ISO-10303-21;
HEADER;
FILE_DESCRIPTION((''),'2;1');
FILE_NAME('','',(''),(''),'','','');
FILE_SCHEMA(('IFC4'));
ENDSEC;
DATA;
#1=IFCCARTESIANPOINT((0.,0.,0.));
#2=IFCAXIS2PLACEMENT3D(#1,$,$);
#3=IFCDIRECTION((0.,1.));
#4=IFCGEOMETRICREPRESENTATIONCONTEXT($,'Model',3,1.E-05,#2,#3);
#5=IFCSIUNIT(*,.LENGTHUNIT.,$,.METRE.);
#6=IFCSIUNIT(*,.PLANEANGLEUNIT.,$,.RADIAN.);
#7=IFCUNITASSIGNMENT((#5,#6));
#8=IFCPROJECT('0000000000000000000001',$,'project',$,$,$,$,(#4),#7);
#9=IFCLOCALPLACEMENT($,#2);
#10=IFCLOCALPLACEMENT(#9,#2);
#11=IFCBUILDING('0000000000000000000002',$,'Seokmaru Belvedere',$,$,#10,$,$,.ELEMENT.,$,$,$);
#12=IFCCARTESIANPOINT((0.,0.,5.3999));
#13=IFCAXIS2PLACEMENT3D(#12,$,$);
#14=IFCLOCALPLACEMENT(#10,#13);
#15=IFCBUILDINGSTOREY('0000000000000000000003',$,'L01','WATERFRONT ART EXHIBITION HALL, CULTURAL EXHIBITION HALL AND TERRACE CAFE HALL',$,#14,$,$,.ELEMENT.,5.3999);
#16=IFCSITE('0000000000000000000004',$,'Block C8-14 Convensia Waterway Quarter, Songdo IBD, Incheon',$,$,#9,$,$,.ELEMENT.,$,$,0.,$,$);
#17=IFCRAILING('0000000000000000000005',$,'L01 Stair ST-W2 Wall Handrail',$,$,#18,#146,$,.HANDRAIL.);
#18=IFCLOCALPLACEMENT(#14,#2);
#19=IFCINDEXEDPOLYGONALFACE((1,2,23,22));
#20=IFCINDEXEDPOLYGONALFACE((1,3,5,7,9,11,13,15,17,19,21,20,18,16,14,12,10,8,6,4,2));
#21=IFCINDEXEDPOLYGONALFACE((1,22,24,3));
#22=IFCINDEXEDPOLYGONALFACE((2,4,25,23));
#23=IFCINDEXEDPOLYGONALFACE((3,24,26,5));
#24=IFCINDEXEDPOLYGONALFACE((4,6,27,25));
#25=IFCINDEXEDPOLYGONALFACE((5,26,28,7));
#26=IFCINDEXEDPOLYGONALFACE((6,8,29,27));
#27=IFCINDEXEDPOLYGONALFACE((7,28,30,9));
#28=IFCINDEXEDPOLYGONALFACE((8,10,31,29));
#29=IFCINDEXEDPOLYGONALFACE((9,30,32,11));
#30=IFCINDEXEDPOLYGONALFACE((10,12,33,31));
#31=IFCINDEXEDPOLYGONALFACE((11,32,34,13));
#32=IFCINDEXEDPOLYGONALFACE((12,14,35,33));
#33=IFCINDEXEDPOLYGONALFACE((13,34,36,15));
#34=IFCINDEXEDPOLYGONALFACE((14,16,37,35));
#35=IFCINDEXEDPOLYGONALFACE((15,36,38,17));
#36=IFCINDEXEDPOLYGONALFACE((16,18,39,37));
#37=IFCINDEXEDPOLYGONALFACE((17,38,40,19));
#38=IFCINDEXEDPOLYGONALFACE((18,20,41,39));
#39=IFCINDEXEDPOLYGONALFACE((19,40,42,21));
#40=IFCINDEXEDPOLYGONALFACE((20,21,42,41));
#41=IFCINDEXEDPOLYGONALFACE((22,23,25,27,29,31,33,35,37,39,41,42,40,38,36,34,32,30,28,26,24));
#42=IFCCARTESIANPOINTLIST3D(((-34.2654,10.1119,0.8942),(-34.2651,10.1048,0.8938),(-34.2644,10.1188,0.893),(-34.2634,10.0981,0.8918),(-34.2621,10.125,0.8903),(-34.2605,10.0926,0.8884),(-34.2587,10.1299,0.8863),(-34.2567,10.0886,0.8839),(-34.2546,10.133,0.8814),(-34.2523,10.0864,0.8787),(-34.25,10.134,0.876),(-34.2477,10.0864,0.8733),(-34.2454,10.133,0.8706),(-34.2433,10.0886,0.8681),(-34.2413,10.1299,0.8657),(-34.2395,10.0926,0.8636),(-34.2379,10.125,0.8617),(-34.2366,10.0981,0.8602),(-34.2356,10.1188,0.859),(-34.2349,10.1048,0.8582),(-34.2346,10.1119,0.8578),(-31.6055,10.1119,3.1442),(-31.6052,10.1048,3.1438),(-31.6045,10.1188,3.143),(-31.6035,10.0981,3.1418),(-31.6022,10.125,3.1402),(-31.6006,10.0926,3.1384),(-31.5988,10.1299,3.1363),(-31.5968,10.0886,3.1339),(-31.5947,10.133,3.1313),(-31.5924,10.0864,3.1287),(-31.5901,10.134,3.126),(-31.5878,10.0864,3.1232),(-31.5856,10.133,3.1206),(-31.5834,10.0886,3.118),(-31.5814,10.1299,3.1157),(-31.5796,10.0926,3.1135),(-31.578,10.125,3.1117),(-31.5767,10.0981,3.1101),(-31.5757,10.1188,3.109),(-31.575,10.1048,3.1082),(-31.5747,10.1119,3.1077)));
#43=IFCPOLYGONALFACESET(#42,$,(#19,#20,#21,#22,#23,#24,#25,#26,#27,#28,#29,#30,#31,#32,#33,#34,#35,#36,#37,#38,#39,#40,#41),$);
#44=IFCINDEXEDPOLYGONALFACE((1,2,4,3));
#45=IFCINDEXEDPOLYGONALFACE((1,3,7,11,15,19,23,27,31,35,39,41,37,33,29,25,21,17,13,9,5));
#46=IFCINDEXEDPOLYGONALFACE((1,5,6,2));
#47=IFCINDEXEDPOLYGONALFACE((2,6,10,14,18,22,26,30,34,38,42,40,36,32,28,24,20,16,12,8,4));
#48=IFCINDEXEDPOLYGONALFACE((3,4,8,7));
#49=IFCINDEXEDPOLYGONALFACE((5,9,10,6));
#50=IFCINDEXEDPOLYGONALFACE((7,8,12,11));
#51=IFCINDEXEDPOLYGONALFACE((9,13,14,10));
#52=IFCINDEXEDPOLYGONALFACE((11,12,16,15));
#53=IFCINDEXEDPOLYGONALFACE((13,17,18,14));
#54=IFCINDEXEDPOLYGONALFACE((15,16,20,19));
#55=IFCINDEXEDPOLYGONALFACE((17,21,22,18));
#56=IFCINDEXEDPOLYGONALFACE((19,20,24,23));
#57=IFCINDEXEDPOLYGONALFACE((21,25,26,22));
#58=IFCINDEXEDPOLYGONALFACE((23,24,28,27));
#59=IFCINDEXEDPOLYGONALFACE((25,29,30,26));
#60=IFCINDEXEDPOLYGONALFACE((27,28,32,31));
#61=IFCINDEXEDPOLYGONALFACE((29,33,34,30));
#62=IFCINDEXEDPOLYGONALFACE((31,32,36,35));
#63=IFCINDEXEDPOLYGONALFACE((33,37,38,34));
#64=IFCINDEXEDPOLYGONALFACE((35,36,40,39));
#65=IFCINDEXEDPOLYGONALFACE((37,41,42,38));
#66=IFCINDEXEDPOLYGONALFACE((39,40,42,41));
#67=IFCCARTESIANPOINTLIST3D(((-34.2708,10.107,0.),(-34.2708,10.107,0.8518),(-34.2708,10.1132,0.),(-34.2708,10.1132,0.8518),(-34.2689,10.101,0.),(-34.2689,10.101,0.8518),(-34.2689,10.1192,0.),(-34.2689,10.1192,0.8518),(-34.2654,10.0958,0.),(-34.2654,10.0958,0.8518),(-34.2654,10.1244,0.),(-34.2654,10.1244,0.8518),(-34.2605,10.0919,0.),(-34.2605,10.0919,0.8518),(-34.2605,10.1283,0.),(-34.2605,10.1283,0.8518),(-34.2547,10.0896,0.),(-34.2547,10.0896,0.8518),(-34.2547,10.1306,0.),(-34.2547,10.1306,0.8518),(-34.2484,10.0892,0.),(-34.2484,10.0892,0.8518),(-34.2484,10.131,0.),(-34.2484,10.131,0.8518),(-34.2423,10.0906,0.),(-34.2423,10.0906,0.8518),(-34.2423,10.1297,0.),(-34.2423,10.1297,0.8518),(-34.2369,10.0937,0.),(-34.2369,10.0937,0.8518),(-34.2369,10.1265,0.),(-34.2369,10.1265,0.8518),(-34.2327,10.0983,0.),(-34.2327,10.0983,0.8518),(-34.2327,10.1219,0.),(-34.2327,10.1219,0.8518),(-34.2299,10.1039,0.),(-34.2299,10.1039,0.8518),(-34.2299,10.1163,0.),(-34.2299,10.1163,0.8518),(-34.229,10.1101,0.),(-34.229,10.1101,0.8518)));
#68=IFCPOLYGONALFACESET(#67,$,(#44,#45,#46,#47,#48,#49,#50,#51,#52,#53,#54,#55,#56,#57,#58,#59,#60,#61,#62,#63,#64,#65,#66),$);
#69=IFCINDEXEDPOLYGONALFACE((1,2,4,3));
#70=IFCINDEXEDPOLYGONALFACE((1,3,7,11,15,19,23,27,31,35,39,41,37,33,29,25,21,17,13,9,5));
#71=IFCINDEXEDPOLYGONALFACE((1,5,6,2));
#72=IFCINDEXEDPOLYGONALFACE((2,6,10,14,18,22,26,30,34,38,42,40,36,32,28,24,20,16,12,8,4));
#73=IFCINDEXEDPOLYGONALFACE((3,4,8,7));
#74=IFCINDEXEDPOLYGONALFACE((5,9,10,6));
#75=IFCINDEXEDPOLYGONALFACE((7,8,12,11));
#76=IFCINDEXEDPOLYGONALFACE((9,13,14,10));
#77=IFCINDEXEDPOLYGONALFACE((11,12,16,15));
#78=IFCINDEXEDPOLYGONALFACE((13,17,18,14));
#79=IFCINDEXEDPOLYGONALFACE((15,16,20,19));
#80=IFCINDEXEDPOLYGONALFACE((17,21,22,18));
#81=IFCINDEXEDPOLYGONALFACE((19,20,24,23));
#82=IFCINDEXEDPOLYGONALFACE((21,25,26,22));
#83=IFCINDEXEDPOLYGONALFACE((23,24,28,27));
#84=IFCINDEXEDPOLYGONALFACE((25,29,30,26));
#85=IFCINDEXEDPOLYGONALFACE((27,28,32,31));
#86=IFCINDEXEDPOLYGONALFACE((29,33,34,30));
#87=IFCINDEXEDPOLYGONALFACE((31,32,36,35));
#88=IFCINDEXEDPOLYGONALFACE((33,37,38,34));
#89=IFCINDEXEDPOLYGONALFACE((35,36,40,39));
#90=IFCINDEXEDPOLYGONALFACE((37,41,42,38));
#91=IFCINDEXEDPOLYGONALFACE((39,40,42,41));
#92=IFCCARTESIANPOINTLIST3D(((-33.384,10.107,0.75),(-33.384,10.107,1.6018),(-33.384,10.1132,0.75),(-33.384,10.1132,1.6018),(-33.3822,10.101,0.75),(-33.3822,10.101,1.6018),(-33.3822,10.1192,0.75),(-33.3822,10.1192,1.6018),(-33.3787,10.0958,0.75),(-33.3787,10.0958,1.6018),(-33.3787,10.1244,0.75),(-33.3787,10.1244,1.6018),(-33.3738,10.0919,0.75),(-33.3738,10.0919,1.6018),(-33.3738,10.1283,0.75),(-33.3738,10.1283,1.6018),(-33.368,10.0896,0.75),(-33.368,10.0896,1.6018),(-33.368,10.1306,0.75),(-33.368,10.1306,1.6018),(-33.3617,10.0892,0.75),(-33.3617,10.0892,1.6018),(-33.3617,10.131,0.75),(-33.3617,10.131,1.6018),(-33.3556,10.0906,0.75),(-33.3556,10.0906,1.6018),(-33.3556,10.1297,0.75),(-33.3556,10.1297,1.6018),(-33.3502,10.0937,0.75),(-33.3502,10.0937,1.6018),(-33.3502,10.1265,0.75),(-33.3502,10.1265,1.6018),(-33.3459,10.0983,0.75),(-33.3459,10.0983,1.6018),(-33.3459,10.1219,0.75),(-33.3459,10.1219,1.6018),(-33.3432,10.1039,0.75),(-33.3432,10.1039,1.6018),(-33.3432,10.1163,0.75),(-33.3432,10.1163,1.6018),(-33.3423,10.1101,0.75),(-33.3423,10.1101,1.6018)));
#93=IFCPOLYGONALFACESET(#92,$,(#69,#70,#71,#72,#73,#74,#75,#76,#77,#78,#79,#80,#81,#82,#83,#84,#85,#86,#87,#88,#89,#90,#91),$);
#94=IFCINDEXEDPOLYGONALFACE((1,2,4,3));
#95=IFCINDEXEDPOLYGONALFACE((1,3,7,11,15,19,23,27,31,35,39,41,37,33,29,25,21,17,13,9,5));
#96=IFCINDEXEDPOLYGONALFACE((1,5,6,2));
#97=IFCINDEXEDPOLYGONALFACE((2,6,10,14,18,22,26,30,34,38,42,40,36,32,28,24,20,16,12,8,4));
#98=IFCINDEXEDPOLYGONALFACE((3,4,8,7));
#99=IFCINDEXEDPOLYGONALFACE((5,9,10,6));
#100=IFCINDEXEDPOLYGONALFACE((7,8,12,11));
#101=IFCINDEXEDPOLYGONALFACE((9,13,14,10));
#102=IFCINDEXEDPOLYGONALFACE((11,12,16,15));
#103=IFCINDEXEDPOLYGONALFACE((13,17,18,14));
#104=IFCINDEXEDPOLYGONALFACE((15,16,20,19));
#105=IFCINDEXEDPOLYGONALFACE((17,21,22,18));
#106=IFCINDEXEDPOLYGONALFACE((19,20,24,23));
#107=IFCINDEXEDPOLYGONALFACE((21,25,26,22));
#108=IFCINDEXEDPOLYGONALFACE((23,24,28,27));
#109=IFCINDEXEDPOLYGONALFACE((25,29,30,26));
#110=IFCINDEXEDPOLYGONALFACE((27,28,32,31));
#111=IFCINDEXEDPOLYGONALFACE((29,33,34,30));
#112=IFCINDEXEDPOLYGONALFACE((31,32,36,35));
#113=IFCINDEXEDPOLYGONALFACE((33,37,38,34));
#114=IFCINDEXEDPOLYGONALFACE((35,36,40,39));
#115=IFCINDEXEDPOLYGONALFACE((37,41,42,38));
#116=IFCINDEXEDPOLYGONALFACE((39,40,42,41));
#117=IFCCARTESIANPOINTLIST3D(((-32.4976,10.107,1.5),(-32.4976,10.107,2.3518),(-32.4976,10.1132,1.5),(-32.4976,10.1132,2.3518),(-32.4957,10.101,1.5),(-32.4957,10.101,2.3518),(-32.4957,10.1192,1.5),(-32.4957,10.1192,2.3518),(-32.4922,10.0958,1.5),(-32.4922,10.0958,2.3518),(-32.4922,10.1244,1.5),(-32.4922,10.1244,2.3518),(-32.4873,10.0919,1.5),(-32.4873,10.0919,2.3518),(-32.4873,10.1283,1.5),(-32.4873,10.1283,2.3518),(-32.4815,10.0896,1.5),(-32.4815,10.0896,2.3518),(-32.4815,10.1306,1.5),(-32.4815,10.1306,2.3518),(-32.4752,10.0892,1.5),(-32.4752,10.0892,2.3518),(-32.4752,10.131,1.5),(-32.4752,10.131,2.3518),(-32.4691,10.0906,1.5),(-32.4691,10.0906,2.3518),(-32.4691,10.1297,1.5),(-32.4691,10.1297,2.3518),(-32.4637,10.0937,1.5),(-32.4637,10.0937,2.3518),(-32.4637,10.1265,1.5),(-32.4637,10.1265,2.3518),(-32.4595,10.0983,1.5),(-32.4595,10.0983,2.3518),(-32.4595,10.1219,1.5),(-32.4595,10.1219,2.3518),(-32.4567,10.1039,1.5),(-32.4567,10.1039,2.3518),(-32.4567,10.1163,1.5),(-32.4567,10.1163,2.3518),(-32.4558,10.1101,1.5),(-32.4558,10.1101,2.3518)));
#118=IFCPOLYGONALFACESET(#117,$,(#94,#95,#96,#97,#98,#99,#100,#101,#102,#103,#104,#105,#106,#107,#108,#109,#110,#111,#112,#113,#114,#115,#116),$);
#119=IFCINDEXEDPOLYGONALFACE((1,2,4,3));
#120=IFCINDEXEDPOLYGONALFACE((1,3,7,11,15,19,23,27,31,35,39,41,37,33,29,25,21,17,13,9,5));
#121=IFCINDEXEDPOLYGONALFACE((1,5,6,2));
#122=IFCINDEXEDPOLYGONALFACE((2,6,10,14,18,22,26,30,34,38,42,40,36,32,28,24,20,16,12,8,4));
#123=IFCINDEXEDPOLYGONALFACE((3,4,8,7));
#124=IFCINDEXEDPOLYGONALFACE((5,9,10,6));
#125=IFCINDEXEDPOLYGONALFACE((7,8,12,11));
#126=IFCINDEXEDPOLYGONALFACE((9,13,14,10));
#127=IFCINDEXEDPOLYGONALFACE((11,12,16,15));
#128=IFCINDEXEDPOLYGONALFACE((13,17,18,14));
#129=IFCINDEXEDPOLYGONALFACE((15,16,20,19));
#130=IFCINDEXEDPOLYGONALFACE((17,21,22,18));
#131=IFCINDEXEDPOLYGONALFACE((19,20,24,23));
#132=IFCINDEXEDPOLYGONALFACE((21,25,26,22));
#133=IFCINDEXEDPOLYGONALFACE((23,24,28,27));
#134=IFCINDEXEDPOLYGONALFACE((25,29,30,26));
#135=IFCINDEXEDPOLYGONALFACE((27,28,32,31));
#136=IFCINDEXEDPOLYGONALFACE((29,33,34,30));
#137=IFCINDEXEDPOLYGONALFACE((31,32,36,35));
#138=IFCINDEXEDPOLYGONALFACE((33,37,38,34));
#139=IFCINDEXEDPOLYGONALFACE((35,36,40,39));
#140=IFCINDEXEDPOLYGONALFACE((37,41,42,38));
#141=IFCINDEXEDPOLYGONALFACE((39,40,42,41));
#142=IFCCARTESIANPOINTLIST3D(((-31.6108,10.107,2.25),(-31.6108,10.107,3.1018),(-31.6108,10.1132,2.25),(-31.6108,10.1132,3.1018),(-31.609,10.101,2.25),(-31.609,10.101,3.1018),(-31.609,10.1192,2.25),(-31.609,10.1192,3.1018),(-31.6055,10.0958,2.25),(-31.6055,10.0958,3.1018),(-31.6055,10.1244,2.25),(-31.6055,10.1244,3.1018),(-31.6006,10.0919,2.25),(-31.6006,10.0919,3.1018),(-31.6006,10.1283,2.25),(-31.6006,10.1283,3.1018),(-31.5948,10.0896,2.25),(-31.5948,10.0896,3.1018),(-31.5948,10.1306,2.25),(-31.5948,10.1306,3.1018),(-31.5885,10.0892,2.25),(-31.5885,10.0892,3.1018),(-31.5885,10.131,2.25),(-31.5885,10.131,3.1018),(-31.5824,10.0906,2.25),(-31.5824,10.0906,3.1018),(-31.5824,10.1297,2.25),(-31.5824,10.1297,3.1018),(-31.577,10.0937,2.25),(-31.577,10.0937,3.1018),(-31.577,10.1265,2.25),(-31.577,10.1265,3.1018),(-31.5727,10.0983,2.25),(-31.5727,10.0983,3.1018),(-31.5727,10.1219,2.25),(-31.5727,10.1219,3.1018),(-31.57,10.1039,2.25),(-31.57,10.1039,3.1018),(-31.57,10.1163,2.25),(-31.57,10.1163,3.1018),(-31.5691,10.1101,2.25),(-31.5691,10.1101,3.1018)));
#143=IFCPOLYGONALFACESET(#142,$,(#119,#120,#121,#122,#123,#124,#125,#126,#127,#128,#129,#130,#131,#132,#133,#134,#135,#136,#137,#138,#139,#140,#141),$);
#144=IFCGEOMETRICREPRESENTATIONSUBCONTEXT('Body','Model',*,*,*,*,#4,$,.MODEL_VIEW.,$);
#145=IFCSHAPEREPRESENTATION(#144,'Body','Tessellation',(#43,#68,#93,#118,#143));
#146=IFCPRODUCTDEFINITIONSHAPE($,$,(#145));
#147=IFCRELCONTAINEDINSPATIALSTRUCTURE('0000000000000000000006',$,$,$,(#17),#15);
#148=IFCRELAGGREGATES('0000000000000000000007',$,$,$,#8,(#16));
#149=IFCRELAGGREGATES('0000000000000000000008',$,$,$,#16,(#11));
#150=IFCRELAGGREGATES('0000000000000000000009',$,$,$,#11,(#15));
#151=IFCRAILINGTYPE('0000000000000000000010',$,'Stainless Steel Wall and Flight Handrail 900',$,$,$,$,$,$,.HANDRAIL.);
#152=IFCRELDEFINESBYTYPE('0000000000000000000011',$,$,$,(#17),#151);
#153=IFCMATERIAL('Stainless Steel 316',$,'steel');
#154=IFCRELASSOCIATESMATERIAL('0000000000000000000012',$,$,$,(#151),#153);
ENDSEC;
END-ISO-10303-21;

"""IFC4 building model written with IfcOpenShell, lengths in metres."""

from ifc_helpers import new_model, si_unit, direction, frame, origin, origin_2d, place, context, subcontext, project, spatial, circle, extrude, material, type_object, element, save


model = new_model("IFC4")

# Units and contexts
model_context = context("Model", 3, precision=1e-05, world=origin(), true_north=direction((0.0, 1.0)))
body_context = subcontext(model_context, "Body", "Model", "MODEL_VIEW")
ifc_project = project(units=[si_unit("LENGTHUNIT", "METRE"), si_unit("PLANEANGLEUNIT", "RADIAN")], contexts=[model_context])

# Site, building, storey
site_placement = place(None, origin())
site = spatial("IfcSite", under=ifc_project, at=site_placement, Name="Block C8-14 Convensia Waterway Quarter, Songdo IBD, Incheon", CompositionType="ELEMENT", RefElevation=0.0)
building_placement = place(site_placement, origin())
building = spatial("IfcBuilding", under=site, at=building_placement, Name="Seokmaru Belvedere", CompositionType="ELEMENT")
storey_placement = place(building_placement, frame((0.0, 0.0, 5.3999)))
storey = spatial("IfcBuildingStorey", under=building, at=storey_placement, Name="L01", Description="WATERFRONT ART EXHIBITION HALL, CULTURAL EXHIBITION HALL AND TERRACE CAFE HALL", CompositionType="ELEMENT", Elevation=5.3999)

# Railing
ifc_material_1 = material(Name="Stainless Steel 316", Category="steel")
railing_type_1 = type_object("IfcRailingType", Name="Stainless Steel Wall and Flight Handrail 900", PredefinedType="HANDRAIL", material=ifc_material_1)
railing_1_placement = place(storey_placement, frame((-34.25, 10.1101, 0.0)))
element("IfcRailing", 1, at=railing_1_placement, inside=storey, type_object=railing_type_1, Name="L01 Stair ST-W2 Wall Handrail", PredefinedType="HANDRAIL", context=body_context, shape_type="SweptSolid", body=[
    extrude(circle(Radius=0.0239, at=origin_2d()), frame((0.0, 0.0, 0.876), z_axis=(0.763485, 0.0, 0.645826), x_axis=(0.0, 1.0, 0.0)), (0.0, 0.0, 1.0), 3.4839),
    extrude(circle(Radius=0.021, at=origin_2d()), origin(), (0.0, 0.0, 1.0), 0.8518),
    extrude(circle(Radius=0.021, at=origin_2d()), frame((0.8867, 0.0, 0.75)), (0.0, 0.0, 1.0), 0.8518),
    extrude(circle(Radius=0.021, at=origin_2d()), frame((1.7732, 0.0, 1.5)), (0.0, 0.0, 1.0), 0.8518),
    extrude(circle(Radius=0.021, at=origin_2d()), frame((2.6599, 0.0, 2.25)), (0.0, 0.0, 1.0), 0.8518),
])

save(model, "model.ifc")
